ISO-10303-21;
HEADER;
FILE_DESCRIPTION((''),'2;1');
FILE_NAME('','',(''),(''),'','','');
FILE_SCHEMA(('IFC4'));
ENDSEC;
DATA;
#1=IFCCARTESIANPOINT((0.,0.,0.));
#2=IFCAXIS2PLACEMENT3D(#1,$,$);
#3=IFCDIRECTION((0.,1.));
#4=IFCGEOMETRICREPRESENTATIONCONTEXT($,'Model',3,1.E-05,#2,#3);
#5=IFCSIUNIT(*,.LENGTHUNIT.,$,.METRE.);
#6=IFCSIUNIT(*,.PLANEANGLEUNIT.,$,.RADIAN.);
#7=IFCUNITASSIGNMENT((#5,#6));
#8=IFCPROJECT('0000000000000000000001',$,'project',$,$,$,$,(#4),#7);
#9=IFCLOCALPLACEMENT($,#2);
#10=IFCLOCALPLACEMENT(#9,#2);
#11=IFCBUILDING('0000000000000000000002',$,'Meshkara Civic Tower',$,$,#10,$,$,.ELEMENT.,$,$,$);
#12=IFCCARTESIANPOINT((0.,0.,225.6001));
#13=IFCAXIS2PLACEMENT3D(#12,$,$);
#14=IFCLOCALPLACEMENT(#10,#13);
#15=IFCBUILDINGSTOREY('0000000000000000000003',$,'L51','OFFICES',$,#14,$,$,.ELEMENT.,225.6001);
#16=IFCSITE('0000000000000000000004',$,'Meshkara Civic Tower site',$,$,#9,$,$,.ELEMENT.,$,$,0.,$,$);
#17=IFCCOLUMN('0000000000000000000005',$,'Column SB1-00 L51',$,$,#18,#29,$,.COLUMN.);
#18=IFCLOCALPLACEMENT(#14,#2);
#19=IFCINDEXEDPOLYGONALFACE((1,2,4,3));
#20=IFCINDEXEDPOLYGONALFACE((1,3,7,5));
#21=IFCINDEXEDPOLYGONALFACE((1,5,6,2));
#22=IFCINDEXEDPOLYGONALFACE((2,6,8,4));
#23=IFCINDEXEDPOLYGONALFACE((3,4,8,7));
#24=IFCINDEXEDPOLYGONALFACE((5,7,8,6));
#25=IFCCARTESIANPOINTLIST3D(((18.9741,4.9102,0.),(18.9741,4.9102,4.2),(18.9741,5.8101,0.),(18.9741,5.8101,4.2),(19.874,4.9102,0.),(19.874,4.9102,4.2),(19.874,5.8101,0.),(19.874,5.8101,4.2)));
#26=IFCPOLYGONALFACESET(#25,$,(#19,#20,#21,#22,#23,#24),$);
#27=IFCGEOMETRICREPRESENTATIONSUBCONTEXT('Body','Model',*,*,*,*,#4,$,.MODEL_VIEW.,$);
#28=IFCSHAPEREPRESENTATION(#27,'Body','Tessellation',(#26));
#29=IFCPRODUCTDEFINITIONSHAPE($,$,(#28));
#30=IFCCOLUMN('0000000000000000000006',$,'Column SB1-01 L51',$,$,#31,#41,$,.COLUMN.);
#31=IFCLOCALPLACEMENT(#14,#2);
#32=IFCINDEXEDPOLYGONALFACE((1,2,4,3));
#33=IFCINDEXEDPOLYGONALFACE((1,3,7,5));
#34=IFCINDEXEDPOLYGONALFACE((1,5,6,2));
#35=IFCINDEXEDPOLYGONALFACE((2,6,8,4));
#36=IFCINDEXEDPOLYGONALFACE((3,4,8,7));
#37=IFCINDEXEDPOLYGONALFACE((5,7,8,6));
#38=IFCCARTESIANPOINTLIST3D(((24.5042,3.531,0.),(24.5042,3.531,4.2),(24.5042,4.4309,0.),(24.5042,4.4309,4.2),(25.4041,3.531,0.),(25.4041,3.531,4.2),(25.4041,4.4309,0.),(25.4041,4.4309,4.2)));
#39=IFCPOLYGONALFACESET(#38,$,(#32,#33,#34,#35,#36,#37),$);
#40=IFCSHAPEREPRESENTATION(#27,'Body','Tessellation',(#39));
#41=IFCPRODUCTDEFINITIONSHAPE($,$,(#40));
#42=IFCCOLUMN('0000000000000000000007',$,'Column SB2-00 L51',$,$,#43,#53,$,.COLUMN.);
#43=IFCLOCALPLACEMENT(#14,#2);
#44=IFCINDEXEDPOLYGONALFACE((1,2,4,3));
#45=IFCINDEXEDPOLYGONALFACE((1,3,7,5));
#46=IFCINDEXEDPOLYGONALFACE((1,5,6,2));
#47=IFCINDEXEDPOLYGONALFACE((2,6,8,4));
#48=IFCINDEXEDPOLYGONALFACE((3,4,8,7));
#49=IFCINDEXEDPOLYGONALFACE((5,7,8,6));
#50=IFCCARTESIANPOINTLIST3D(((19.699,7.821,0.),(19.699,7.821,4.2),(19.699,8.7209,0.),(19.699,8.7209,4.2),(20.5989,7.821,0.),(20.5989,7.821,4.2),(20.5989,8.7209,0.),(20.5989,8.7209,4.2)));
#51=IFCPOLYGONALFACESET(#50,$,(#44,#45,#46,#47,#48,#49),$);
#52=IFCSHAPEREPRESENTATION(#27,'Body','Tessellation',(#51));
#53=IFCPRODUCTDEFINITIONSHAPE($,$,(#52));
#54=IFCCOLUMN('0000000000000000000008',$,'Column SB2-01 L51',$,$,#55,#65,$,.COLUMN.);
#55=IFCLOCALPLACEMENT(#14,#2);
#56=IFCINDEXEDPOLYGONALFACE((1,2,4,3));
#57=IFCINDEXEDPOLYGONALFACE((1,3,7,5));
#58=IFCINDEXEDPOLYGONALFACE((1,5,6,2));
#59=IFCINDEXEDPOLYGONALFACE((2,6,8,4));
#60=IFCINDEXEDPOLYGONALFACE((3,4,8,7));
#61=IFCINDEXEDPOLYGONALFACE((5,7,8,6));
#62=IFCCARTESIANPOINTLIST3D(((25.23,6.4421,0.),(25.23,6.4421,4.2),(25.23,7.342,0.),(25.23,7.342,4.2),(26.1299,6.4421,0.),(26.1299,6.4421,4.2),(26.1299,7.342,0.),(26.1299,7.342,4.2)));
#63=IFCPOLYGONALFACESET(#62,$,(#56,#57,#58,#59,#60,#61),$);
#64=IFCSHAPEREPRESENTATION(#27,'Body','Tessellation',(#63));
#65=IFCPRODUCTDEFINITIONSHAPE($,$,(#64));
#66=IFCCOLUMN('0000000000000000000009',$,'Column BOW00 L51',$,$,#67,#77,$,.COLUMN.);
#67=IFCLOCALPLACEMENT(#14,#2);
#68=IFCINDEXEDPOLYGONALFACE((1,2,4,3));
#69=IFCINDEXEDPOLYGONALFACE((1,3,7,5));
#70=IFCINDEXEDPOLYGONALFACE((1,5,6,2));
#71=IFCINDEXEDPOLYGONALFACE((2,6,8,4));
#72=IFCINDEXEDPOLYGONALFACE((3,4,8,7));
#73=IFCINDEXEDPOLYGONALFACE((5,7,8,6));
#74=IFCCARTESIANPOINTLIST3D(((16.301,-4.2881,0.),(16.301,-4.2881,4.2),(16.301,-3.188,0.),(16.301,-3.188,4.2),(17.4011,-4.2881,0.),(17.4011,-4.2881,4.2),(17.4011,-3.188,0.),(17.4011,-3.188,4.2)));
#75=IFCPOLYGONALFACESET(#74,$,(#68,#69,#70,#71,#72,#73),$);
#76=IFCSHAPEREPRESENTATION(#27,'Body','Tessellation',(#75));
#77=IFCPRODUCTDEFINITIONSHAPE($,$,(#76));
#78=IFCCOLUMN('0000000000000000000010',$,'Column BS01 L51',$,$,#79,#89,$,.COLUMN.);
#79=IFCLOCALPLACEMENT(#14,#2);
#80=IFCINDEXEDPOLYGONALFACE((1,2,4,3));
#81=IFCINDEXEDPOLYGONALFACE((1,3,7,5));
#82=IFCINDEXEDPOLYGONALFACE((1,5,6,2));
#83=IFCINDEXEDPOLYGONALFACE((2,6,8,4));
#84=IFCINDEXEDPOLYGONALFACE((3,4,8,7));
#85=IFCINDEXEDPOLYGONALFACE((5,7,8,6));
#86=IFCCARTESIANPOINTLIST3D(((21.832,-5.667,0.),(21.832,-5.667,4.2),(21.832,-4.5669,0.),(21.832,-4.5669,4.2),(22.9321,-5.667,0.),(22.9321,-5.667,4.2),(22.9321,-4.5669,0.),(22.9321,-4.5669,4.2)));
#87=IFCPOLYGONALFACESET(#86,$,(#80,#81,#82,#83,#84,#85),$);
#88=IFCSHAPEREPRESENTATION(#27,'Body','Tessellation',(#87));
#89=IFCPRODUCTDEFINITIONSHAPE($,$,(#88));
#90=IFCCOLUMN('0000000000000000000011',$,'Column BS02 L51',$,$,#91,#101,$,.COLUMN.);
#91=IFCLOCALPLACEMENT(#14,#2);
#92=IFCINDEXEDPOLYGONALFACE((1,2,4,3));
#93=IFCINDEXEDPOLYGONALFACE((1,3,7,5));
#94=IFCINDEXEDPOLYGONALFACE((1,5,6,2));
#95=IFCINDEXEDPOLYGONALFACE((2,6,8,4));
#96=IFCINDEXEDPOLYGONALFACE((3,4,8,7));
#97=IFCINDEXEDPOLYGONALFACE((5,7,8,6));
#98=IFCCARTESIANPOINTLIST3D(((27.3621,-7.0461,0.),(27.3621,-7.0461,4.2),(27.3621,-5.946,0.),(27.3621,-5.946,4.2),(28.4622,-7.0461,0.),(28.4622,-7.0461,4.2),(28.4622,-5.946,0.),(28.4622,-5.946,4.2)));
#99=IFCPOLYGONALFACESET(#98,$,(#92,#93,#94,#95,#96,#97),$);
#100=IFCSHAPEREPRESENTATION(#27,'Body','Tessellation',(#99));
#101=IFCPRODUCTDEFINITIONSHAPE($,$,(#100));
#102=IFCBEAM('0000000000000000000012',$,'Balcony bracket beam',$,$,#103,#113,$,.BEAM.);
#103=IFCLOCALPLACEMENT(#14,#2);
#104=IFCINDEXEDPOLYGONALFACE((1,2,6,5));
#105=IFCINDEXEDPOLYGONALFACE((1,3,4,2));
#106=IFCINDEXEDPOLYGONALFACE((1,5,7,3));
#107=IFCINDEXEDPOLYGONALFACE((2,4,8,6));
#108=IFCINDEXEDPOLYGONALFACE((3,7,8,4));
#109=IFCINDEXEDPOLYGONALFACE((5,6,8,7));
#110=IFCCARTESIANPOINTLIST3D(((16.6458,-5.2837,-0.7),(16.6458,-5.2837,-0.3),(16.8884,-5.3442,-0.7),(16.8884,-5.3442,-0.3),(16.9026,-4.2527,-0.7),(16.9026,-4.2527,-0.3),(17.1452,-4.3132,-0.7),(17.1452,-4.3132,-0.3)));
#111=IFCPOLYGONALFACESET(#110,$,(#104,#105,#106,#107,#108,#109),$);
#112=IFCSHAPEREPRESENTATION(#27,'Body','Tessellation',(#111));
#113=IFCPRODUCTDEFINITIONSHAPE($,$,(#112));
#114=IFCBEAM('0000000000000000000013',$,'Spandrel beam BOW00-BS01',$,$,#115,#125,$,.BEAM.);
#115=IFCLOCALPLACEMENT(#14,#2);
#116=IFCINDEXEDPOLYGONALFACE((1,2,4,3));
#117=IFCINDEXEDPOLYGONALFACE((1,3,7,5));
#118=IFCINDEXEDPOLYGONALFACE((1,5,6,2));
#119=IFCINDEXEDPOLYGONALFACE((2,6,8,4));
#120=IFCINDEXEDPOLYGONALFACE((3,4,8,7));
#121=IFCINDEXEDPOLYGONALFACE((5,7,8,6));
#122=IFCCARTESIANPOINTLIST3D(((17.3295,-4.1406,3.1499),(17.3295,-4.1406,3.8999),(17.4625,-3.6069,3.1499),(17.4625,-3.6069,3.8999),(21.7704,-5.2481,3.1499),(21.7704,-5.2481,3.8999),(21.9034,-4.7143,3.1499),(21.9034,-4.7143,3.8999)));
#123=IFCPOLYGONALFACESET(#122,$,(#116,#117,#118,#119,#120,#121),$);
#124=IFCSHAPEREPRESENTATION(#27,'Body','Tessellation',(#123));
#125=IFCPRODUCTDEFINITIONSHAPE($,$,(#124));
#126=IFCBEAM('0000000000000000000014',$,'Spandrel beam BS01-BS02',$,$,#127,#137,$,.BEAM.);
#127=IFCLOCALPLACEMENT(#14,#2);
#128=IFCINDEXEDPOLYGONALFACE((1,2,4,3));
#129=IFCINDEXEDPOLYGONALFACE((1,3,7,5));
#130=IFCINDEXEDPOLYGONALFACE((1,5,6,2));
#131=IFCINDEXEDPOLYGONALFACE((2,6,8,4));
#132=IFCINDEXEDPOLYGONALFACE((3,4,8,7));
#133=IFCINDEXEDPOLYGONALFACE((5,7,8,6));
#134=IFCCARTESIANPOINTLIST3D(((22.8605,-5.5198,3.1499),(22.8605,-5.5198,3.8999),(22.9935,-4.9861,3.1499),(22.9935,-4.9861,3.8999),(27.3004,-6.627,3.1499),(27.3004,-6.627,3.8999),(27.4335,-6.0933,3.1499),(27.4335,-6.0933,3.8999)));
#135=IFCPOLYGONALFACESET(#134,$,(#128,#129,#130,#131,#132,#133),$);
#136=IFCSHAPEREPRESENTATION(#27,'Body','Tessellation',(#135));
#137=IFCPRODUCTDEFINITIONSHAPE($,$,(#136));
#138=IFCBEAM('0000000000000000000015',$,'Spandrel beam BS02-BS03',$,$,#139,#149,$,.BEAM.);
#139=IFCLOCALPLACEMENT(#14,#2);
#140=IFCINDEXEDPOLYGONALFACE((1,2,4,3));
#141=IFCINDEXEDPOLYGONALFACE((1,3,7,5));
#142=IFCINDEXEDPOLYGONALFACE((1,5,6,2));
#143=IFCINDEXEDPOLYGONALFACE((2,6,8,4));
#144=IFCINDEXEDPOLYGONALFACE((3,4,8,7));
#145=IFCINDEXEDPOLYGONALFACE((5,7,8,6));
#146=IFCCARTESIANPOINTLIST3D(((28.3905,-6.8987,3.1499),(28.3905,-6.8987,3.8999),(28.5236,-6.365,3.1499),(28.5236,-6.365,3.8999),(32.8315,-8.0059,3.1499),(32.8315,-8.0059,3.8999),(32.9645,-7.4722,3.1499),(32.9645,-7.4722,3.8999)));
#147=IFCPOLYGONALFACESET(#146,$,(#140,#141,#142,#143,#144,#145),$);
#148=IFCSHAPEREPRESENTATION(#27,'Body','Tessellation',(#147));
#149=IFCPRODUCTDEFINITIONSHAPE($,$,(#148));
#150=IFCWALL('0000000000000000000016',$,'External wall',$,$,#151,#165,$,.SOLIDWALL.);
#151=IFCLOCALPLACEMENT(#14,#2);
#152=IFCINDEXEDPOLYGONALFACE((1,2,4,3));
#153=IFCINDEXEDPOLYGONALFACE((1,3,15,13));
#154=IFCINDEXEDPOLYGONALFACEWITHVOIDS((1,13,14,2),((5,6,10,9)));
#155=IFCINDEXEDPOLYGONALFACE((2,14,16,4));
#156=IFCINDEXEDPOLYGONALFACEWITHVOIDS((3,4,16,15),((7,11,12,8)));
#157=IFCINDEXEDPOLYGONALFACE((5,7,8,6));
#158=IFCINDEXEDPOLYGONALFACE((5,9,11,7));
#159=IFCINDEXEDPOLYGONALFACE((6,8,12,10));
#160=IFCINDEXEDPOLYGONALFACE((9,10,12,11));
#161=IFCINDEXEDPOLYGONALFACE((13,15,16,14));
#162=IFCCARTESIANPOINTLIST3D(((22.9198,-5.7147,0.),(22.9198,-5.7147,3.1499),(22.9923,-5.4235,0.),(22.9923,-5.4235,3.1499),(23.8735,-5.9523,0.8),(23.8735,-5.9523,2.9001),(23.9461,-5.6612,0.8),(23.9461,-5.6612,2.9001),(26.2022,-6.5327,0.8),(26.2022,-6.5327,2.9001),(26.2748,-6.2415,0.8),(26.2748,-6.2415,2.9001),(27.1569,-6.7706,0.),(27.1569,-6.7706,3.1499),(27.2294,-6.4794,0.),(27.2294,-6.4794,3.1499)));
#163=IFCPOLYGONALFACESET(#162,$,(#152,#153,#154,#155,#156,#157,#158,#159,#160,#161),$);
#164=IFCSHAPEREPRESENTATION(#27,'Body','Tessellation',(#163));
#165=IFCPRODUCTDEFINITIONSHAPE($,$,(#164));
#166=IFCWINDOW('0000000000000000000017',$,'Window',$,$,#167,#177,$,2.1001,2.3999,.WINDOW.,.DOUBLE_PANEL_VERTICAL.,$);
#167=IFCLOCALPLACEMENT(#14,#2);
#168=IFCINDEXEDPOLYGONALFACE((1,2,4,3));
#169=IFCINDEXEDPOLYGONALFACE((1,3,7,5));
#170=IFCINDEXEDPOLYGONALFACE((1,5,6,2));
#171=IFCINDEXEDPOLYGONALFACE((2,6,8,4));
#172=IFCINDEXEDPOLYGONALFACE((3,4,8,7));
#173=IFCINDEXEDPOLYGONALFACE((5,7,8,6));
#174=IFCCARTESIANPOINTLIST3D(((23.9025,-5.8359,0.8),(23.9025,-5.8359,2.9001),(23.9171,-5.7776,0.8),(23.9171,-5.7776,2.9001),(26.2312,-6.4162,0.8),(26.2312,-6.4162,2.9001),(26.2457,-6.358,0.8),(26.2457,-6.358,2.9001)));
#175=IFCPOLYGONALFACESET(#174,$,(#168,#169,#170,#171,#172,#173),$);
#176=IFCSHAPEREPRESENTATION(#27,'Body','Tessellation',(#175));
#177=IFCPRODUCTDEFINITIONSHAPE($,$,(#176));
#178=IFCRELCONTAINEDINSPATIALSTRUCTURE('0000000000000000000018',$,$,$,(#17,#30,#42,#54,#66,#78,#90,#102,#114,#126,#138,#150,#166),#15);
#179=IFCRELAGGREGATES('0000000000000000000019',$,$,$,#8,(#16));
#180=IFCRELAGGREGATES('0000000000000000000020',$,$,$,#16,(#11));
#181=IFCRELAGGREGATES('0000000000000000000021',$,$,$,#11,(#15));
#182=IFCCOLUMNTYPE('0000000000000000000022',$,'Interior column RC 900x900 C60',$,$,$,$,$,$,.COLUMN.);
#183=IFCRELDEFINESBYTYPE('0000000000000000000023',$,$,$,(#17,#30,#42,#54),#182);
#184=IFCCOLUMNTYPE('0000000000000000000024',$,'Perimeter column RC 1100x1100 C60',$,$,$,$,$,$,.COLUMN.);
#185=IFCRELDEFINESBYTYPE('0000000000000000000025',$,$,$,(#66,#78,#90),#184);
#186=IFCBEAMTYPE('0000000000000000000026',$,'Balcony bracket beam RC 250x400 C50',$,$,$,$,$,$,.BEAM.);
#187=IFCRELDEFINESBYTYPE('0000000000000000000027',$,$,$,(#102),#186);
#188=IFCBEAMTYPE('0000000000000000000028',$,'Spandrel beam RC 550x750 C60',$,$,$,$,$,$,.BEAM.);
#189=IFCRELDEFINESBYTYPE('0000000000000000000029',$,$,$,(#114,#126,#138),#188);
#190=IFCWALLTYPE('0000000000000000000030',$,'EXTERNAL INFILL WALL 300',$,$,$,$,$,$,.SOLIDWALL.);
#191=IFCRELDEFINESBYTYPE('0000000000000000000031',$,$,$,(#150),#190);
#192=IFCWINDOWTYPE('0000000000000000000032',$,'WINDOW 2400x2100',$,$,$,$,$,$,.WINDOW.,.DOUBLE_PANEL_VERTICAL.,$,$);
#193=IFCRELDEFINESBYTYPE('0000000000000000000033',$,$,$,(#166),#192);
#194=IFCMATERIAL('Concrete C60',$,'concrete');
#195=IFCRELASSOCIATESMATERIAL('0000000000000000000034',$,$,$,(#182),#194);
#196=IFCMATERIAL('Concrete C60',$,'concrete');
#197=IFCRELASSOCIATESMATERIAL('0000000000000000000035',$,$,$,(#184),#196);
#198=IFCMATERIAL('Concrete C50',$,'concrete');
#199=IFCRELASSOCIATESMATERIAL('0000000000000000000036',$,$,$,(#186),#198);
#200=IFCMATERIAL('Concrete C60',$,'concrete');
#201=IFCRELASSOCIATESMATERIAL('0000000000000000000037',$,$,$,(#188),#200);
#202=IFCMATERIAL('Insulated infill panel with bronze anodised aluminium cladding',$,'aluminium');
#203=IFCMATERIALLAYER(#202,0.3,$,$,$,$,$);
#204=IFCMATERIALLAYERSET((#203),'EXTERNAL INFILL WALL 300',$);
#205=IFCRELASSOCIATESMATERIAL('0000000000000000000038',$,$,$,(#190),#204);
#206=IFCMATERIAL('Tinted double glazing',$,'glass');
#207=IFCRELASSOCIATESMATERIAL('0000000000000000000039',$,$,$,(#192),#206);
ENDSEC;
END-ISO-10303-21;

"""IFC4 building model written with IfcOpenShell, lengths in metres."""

from ifc_helpers import new_model, si_unit, direction, frame, frame_2d, origin, origin_2d, place, context, subcontext, project, spatial, rectangle, extrude, material, layer, layer_set, material_profile, profile_set, type_object, element, fill, save


model = new_model("IFC4")

# Units and contexts
model_context = context("Model", 3, precision=1e-05, world=origin(), true_north=direction((0.0, 1.0)))
body_context = subcontext(model_context, "Body", "Model", "MODEL_VIEW")
ifc_project = project(units=[si_unit("LENGTHUNIT", "METRE"), si_unit("PLANEANGLEUNIT", "RADIAN")], contexts=[model_context])

# Site, building, storey
site_placement = place(None, origin())
site = spatial("IfcSite", under=ifc_project, at=site_placement, Name="Meshkara Civic Tower site", CompositionType="ELEMENT", RefElevation=0.0)
building_placement = place(site_placement, origin())
building = spatial("IfcBuilding", under=site, at=building_placement, Name="Meshkara Civic Tower", CompositionType="ELEMENT")
storey_placement = place(building_placement, frame((0.0, 0.0, 225.6001)))
storey = spatial("IfcBuildingStorey", under=building, at=storey_placement, Name="L51", Description="OFFICES", CompositionType="ELEMENT", Elevation=225.6001)

# Columns
ifc_material_1 = material(Name="Concrete C60", Category="concrete")
ifc_material_profile_1 = material_profile(ifc_material_1, rectangle(XDim=0.8999, YDim=0.8999, at=origin_2d()))
ifc_profile_set_1 = profile_set([ifc_material_profile_1], Name="Concrete C60")
column_type_1 = type_object("IfcColumnType", Name="Interior column RC 900x900 C60", PredefinedType="COLUMN", material=ifc_profile_set_1)
for number, where, z_axis, x_axis, name in (
    (1, (19.4241, 5.3601, 0.0), (0.0, 0.0, 1.0), (1.0, 0.0, 0.0), "Column SB1-00 L51"),
    (2, (24.9541, 3.981, 0.0), (0.0, 0.0, 1.0), (1.0, 0.0, 0.0), "Column SB1-01 L51"),
    (3, (20.1489, 8.271, 0.0), (0.0, 0.0, 1.0), (1.0, 0.0, 0.0), "Column SB2-00 L51"),
    (4, (25.6799, 6.8921, 0.0), (0.0, 0.0, 1.0), (1.0, 0.0, 0.0), "Column SB2-01 L51"),
):
    element("IfcColumn", number, at=place(storey_placement, frame(where, z_axis=z_axis, x_axis=x_axis)), inside=storey, type_object=column_type_1, Name=name, PredefinedType="COLUMN", context=body_context, shape_type="SweptSolid", body=[
        extrude(rectangle(XDim=0.8999, YDim=0.8999, at=origin_2d()), origin(), (0.0, 0.0, 1.0), 4.2),
    ])
ifc_material_2 = material(Name="Concrete C60", Category="concrete")
ifc_material_profile_2 = material_profile(ifc_material_2, rectangle(XDim=1.1001, YDim=1.1001, at=origin_2d()))
ifc_profile_set_2 = profile_set([ifc_material_profile_2], Name="Concrete C60")
column_type_2 = type_object("IfcColumnType", Name="Perimeter column RC 1100x1100 C60", PredefinedType="COLUMN", material=ifc_profile_set_2)
for number, where, z_axis, x_axis, name in (
    (5, (16.8511, -3.738, 0.0), (0.0, 0.0, 1.0), (1.0, 0.0, 0.0), "Column BOW00 L51"),
    (6, (22.3821, -5.1169, 0.0), (0.0, 0.0, 1.0), (1.0, 0.0, 0.0), "Column BS01 L51"),
    (7, (27.9121, -6.4961, 0.0), (0.0, 0.0, 1.0), (1.0, 0.0, 0.0), "Column BS02 L51"),
):
    element("IfcColumn", number, at=place(storey_placement, frame(where, z_axis=z_axis, x_axis=x_axis)), inside=storey, type_object=column_type_2, Name=name, PredefinedType="COLUMN", context=body_context, shape_type="SweptSolid", body=[
        extrude(rectangle(XDim=1.1001, YDim=1.1001, at=origin_2d()), origin(), (0.0, 0.0, 1.0), 4.2),
    ])

# Beams
ifc_material_3 = material(Name="Concrete C50", Category="concrete")
ifc_material_profile_3 = material_profile(ifc_material_3, rectangle(XDim=0.25, YDim=0.3999, at=origin_2d()))
ifc_profile_set_3 = profile_set([ifc_material_profile_3], Name="Concrete C50")
beam_type_1 = type_object("IfcBeamType", Name="Balcony bracket beam RC 250x400 C50", PredefinedType="BEAM", material=ifc_profile_set_3)
beam_1_placement = place(storey_placement, frame((17.0239, -4.283, -0.5), z_axis=(-0.241725, -0.970345, 0.0), x_axis=(0.970345, -0.241725, 0.0)))
element("IfcBeam", 8, at=beam_1_placement, inside=storey, type_object=beam_type_1, Name="Balcony bracket beam", PredefinedType="BEAM", context=body_context, shape_type="SweptSolid", body=[
    extrude(rectangle(XDim=0.25, YDim=0.3999, at=origin_2d()), origin(), (0.0, 0.0, 1.0), 1.0625),
])
ifc_material_4 = material(Name="Concrete C60", Category="concrete")
ifc_material_profile_4 = material_profile(ifc_material_4, rectangle(XDim=0.55, YDim=0.75, at=origin_2d()))
ifc_profile_set_4 = profile_set([ifc_material_profile_4], Name="Concrete C60")
beam_type_2 = type_object("IfcBeamType", Name="Spandrel beam RC 550x750 C60", PredefinedType="BEAM", material=ifc_profile_set_4)
beam_2_placement = place(storey_placement, frame((17.396, -3.8738, 3.5249), z_axis=(0.970287, -0.241958, 0.0), x_axis=(0.241958, 0.970287, 0.0)))
element("IfcBeam", 9, at=beam_2_placement, inside=storey, type_object=beam_type_2, Name="Spandrel beam BOW00-BS01", PredefinedType="BEAM", context=body_context, shape_type="SweptSolid", body=[
    extrude(rectangle(XDim=0.55, YDim=0.75, at=origin_2d()), origin(), (0.0, 0.0, 1.0), 4.5769),
])
beam_3_placement = place(storey_placement, frame((22.927, -5.2529, 3.5249), z_axis=(0.970287, -0.241958, 0.0), x_axis=(0.241958, 0.970287, 0.0)))
element("IfcBeam", 10, at=beam_3_placement, inside=storey, type_object=beam_type_2, Name="Spandrel beam BS01-BS02", PredefinedType="BEAM", context=body_context, shape_type="SweptSolid", body=[
    extrude(rectangle(XDim=0.55, YDim=0.75, at=origin_2d()), origin(), (0.0, 0.0, 1.0), 4.5759),
])
beam_4_placement = place(storey_placement, frame((28.457, -6.6318, 3.5249), z_axis=(0.970299, -0.241908, 0.0), x_axis=(0.241908, 0.970299, 0.0)))
element("IfcBeam", 11, at=beam_4_placement, inside=storey, type_object=beam_type_2, Name="Spandrel beam BS02-BS03", PredefinedType="BEAM", context=body_context, shape_type="SweptSolid", body=[
    extrude(rectangle(XDim=0.55, YDim=0.75, at=origin_2d()), origin(), (0.0, 0.0, 1.0), 4.5769),
])

# Wall, opening, window
ifc_material_5 = material(Name="Insulated infill panel with bronze anodised aluminium cladding", Category="aluminium")
ifc_layer_1 = layer(ifc_material_5, 0.3)
ifc_layer_set_1 = layer_set([ifc_layer_1], Name="EXTERNAL INFILL WALL 300")
wall_type_1 = type_object("IfcWallType", Name="EXTERNAL INFILL WALL 300", PredefinedType="SOLIDWALL", material=ifc_layer_set_1)
wall_1_placement = place(storey_placement, frame((22.9561, -5.5691, 0.0), z_axis=(0.0, 0.0, 1.0), x_axis=(0.970323, -0.241812, 0.0)))
wall_1 = element("IfcWall", 12, at=wall_1_placement, inside=storey, type_object=wall_type_1, Name="External wall", PredefinedType="SOLIDWALL", context=body_context, shape_type="SweptSolid", body=[
    extrude(rectangle(XDim=4.3667, YDim=0.3, at=frame_2d((2.1833, 0.0))), origin(), (0.0, 0.0, 1.0), 3.1499),
])
opening_1_placement = place(wall_1_placement, frame((0.9829, 0.0, 0.8)))
opening_1 = element("IfcOpeningElement", 13, at=opening_1_placement, cuts=wall_1, PredefinedType="OPENING", context=body_context, shape_type="SweptSolid", body=[
    extrude(rectangle(XDim=2.3999, YDim=2.1001, at=frame_2d((1.2, 1.05))), frame((0.0, 0.1599, 0.0), z_axis=(0.0, -1.0, 0.0), x_axis=(1.0, 0.0, 0.0)), (0.0, 0.0, 1.0), 0.3201),
])
ifc_material_6 = material(Name="Tinted double glazing", Category="glass")
window_type = type_object("IfcWindowType", Name="WINDOW 2400x2100", PartitioningType="DOUBLE_PANEL_VERTICAL", PredefinedType="WINDOW", material=ifc_material_6)
window_1_placement = place(opening_1_placement, origin())
window_1 = element("IfcWindow", 14, at=window_1_placement, inside=storey, type_object=window_type, Name="Window", OverallHeight=2.1001, OverallWidth=2.3999, PartitioningType="DOUBLE_PANEL_VERTICAL", PredefinedType="WINDOW", context=body_context, shape_type="SweptSolid", body=[
    extrude(rectangle(XDim=2.3999, YDim=2.1001, at=frame_2d((1.2, 1.05))), frame((0.0, 0.03, 0.0), z_axis=(0.0, -1.0, 0.0), x_axis=(1.0, 0.0, 0.0)), (0.0, 0.0, 1.0), 0.0601),
])
fill(opening_1, window_1)

save(model, "model.ifc")
